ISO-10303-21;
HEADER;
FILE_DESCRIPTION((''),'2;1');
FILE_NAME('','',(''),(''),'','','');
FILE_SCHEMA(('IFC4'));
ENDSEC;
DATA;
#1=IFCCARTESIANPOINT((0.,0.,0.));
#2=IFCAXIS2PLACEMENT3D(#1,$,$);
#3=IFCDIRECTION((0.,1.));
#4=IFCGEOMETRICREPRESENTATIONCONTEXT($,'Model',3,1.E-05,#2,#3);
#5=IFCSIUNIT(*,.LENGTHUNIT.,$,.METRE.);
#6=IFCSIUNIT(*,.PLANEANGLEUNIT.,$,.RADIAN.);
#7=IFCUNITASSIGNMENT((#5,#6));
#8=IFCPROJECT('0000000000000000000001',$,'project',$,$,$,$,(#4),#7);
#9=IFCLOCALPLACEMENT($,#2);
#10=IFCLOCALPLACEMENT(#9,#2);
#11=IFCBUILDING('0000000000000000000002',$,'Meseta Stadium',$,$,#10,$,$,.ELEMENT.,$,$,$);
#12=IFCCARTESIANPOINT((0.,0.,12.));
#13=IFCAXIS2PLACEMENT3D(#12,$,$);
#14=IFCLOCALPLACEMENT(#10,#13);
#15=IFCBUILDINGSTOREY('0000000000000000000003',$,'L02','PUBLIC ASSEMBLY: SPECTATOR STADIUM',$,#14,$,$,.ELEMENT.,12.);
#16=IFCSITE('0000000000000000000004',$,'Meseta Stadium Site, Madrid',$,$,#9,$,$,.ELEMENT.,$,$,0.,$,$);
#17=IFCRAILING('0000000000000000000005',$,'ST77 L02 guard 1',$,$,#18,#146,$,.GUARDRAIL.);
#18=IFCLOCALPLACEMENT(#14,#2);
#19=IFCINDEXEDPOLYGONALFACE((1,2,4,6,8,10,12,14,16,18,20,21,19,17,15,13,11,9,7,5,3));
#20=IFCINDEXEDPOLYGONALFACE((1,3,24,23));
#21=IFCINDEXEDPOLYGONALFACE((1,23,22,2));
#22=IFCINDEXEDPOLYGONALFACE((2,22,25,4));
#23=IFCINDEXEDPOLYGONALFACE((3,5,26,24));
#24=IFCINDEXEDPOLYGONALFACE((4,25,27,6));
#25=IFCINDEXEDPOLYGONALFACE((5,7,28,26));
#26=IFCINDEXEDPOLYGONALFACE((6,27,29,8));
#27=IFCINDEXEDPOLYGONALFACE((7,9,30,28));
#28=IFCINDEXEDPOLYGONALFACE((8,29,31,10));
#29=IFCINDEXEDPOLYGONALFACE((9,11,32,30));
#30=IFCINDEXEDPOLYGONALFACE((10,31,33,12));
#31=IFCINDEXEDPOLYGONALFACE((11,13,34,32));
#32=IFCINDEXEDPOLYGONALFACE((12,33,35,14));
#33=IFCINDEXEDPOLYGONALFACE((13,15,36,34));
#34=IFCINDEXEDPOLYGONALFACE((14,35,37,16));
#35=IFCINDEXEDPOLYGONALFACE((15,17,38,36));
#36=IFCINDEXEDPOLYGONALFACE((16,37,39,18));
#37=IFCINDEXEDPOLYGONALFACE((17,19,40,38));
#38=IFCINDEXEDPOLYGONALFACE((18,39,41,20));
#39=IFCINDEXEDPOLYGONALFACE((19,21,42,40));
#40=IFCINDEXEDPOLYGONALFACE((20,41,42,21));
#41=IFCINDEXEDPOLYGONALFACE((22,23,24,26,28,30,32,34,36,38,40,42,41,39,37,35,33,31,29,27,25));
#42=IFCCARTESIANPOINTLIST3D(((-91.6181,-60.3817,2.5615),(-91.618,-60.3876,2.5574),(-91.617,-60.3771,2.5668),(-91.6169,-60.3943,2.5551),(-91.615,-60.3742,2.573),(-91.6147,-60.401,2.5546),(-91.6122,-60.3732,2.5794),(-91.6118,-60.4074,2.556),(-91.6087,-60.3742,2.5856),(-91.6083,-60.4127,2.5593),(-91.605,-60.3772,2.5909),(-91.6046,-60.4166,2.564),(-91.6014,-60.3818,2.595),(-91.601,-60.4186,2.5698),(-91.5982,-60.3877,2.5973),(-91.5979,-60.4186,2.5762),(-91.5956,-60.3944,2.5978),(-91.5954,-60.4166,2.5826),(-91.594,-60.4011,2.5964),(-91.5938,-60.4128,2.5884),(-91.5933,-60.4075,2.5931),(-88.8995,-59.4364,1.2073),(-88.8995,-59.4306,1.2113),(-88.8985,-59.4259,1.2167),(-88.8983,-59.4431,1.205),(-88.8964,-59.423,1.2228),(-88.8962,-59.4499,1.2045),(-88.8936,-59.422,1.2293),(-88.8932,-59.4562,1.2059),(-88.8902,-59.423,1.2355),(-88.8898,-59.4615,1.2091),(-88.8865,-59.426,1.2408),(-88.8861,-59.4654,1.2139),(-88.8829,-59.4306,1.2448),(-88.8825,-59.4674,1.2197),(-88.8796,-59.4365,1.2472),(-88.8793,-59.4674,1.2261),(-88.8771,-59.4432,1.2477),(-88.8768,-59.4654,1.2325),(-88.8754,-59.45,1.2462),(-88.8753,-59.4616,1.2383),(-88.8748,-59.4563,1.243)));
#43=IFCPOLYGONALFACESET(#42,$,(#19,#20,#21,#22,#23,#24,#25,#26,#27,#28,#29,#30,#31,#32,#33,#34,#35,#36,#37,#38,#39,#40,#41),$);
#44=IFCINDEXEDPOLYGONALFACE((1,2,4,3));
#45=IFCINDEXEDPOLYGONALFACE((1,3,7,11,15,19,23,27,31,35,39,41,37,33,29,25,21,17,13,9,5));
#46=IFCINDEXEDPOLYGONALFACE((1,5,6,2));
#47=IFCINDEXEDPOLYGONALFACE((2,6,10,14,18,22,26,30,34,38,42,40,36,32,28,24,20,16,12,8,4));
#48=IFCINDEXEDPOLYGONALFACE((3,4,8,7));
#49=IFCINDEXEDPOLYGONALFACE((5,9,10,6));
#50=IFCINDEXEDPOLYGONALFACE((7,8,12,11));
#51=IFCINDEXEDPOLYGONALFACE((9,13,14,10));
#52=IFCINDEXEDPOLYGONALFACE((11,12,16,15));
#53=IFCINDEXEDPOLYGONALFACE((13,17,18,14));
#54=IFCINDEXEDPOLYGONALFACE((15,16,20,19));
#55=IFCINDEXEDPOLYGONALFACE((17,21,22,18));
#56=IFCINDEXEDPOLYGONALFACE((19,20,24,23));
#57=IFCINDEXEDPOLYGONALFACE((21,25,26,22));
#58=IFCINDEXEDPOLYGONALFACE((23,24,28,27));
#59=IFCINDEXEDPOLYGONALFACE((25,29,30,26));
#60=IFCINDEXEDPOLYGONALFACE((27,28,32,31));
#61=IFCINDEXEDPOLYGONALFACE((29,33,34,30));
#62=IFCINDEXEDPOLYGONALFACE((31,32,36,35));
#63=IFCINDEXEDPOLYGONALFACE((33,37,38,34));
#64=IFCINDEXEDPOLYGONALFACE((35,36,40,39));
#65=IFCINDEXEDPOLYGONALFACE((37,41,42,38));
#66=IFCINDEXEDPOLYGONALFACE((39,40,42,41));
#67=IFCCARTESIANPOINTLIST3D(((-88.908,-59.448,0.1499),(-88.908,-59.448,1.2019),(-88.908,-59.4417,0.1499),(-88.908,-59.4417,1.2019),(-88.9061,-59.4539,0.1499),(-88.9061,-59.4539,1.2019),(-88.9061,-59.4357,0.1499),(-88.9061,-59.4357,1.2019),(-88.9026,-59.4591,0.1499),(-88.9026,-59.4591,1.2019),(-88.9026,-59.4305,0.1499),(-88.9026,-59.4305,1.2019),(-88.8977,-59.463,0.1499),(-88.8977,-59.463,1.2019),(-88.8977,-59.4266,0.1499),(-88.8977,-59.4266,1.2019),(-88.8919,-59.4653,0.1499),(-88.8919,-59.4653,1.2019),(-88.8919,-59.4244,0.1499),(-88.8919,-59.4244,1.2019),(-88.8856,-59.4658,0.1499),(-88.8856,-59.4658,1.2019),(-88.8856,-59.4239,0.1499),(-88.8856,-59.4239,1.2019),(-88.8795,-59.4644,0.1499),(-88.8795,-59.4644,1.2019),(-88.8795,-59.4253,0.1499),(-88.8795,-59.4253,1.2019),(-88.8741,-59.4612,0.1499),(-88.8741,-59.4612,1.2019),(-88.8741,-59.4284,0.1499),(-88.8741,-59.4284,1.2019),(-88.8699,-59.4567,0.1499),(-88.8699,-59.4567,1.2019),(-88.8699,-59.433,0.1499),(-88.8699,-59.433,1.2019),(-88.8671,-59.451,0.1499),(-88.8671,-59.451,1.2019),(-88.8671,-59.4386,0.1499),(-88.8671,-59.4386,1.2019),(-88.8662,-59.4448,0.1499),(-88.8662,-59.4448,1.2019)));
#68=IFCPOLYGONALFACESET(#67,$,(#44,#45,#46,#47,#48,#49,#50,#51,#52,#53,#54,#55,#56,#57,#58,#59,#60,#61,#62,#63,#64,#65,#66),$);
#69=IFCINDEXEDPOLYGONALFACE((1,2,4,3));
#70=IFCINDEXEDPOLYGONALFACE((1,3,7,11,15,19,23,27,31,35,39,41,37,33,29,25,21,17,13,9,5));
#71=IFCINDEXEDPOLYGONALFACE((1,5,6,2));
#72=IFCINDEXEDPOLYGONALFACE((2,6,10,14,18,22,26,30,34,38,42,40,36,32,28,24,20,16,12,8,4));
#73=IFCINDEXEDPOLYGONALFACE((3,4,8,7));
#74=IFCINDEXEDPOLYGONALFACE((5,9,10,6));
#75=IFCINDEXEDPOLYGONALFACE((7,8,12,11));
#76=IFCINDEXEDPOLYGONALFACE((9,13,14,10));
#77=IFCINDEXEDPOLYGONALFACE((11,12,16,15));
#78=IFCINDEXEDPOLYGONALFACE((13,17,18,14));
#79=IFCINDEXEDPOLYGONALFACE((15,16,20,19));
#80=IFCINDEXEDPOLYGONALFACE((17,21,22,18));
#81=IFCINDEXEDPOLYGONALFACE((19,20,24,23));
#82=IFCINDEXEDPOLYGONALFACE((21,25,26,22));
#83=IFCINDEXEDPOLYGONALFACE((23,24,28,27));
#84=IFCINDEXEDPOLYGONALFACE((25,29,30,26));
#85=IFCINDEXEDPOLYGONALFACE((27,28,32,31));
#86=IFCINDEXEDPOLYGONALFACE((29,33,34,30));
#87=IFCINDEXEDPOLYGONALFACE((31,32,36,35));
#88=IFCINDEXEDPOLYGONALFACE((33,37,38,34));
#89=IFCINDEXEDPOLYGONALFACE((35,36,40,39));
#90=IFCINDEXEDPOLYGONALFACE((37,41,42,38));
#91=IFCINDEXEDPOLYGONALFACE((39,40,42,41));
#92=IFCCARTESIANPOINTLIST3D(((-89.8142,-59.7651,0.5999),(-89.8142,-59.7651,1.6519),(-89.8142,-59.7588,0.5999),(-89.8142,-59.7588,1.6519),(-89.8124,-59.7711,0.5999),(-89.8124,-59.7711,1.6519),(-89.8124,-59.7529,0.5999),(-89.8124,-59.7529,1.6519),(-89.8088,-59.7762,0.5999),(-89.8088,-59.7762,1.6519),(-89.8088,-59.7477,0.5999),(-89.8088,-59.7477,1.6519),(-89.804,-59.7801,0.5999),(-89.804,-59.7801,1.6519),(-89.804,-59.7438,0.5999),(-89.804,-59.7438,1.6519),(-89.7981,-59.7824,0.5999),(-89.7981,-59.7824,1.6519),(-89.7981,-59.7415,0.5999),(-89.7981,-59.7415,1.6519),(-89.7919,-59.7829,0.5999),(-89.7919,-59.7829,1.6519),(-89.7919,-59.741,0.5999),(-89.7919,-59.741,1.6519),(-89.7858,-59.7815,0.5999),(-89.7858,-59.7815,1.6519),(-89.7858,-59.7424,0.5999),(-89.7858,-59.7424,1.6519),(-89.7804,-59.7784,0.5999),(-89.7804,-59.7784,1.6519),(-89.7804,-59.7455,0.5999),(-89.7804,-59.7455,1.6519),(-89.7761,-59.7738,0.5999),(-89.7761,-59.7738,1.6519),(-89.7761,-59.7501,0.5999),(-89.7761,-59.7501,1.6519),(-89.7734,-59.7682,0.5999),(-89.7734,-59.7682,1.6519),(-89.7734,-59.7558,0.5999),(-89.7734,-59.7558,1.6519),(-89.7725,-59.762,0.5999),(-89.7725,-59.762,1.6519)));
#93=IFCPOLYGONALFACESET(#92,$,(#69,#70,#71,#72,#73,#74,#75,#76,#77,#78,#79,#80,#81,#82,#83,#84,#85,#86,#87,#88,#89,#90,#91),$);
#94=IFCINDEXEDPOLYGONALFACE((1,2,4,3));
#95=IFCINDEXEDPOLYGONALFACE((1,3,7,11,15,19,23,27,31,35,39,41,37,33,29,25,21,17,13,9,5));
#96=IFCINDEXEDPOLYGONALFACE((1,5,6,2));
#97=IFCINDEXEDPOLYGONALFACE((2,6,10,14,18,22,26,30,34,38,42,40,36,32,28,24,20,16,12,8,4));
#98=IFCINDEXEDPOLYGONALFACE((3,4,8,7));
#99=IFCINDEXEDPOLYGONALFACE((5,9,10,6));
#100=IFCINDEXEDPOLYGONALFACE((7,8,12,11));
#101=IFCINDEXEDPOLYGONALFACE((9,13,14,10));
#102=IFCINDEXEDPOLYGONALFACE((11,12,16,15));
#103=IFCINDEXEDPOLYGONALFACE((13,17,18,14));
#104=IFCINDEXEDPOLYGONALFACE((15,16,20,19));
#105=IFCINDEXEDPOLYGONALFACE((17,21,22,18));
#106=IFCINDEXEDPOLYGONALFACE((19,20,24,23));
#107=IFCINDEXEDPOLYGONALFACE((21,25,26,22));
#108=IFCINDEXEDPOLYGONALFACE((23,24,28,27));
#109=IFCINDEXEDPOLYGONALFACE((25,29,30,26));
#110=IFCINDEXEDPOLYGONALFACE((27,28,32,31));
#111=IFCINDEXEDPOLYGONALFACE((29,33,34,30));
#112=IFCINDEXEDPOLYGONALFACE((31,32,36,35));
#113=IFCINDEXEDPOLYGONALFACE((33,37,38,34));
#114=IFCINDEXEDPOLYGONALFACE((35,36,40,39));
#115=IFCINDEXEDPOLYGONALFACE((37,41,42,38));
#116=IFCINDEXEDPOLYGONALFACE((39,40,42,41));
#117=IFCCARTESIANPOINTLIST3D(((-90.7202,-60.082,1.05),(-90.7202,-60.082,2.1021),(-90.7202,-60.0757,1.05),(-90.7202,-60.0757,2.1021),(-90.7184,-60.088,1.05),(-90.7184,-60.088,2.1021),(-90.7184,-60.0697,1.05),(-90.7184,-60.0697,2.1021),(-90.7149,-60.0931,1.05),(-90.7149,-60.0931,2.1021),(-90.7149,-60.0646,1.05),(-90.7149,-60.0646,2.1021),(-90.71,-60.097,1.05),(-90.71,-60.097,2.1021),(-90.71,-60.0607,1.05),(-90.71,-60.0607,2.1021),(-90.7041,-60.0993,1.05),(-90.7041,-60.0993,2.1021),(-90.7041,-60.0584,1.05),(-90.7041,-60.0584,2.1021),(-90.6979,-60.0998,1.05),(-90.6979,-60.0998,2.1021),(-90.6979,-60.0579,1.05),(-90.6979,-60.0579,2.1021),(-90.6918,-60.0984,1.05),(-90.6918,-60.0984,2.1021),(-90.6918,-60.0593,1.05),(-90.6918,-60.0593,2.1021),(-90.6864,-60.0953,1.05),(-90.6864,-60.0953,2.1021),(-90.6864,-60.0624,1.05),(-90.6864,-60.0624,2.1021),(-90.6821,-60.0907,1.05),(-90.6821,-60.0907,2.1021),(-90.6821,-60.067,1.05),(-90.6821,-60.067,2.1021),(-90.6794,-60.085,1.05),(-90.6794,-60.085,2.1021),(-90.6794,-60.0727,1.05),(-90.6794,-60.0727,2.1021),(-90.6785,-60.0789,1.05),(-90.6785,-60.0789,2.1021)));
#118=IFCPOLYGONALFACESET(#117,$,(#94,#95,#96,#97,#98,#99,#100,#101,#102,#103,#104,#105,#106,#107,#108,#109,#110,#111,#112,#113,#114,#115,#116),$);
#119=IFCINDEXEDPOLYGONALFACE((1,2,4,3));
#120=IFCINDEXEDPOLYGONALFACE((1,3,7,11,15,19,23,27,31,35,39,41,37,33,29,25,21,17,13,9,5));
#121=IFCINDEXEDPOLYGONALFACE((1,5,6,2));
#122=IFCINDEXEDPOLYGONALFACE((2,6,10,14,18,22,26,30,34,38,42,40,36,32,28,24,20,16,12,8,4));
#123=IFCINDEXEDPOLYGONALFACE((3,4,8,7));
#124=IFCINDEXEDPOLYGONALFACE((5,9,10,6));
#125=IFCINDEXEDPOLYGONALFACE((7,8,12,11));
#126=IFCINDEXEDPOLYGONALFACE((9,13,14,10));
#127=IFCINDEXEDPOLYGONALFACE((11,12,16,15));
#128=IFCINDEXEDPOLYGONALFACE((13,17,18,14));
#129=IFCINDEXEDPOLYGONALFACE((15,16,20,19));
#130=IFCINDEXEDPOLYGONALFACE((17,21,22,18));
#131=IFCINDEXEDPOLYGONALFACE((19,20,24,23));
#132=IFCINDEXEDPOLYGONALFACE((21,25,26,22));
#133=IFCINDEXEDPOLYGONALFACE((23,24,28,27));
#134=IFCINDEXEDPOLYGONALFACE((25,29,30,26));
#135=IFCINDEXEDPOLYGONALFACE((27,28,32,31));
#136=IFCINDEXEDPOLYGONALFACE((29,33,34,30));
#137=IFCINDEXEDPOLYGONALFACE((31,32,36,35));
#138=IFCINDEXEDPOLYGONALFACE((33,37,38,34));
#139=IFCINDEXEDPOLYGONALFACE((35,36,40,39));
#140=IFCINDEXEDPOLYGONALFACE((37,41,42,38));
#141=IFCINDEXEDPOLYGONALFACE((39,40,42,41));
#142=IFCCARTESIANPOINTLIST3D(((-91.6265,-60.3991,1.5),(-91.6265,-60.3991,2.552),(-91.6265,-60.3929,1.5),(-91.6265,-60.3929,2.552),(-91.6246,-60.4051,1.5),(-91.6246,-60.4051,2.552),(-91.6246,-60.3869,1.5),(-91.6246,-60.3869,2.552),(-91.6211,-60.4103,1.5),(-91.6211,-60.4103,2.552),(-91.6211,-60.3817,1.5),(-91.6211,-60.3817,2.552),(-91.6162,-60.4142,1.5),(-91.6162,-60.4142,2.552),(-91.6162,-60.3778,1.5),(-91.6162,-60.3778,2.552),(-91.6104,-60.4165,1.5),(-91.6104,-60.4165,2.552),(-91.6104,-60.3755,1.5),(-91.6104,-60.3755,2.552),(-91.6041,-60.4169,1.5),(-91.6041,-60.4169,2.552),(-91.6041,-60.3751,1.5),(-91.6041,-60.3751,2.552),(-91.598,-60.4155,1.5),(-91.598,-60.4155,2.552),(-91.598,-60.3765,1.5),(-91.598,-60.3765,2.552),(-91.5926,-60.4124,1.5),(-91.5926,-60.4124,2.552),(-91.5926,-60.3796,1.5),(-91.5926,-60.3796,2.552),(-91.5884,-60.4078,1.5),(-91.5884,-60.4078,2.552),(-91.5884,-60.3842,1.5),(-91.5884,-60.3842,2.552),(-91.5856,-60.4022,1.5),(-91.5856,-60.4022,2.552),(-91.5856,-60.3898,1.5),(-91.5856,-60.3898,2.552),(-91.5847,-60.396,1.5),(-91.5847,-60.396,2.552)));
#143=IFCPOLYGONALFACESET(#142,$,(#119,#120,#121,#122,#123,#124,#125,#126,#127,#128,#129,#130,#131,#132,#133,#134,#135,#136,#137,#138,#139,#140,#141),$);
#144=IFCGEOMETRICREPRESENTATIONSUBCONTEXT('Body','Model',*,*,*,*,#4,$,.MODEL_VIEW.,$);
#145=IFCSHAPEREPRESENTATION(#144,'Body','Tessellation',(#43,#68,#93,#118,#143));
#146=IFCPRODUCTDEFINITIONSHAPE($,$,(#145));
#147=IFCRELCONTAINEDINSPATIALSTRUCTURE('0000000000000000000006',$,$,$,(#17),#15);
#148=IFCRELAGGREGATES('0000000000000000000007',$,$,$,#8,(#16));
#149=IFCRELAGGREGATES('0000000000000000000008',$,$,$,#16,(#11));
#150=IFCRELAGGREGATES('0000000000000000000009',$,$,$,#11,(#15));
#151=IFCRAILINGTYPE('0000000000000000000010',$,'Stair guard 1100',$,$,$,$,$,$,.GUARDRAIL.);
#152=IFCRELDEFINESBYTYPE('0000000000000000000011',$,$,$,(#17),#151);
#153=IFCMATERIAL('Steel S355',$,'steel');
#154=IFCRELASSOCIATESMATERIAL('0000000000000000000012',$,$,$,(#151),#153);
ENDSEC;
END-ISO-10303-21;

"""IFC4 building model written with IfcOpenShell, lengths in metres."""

from ifc_helpers import new_model, si_unit, direction, frame, origin, origin_2d, place, context, subcontext, project, spatial, circle, extrude, material, type_object, element, save


model = new_model("IFC4")

# Units and contexts
model_context = context("Model", 3, precision=1e-05, world=origin(), true_north=direction((0.0, 1.0)))
body_context = subcontext(model_context, "Body", "Model", "MODEL_VIEW")
ifc_project = project(units=[si_unit("LENGTHUNIT", "METRE"), si_unit("PLANEANGLEUNIT", "RADIAN")], contexts=[model_context])

# Site, building, storey
site_placement = place(None, origin())
site = spatial("IfcSite", under=ifc_project, at=site_placement, Name="Meseta Stadium Site, Madrid", CompositionType="ELEMENT", RefElevation=0.0)
building_placement = place(site_placement, origin())
building = spatial("IfcBuilding", under=site, at=building_placement, Name="Meseta Stadium", CompositionType="ELEMENT")
storey_placement = place(building_placement, frame((0.0, 0.0, 12.0)))
storey = spatial("IfcBuildingStorey", under=building, at=storey_placement, Name="L02", Description="PUBLIC ASSEMBLY: SPECTATOR STADIUM", CompositionType="ELEMENT", Elevation=12.0)

# Railing
ifc_material_1 = material(Name="Steel S355", Category="steel")
railing_type_1 = type_object("IfcRailingType", Name="Stair guard 1100", PredefinedType="GUARDRAIL", material=ifc_material_1)
railing_1_placement = place(storey_placement, frame((-88.8872, -59.4448, 0.1499)))
element("IfcRailing", 1, at=railing_1_placement, inside=storey, type_object=railing_type_1, Name="ST77 L02 guard 1", PredefinedType="GUARDRAIL", context=body_context, shape_type="SweptSolid", body=[
    extrude(circle(Radius=0.0239, at=origin_2d()), frame((0.0, 0.0, 1.0762), z_axis=(-0.854649, -0.299031, 0.424446), x_axis=(0.330256, -0.943891, 0.0)), (0.0, 0.0, 1.0), 3.1809),
    extrude(circle(Radius=0.021, at=origin_2d()), origin(), (0.0, 0.0, 1.0), 1.052),
    extrude(circle(Radius=0.021, at=origin_2d()), frame((-0.9062, -0.3171, 0.45)), (0.0, 0.0, 1.0), 1.052),
    extrude(circle(Radius=0.021, at=origin_2d()), frame((-1.8123, -0.634, 0.9001)), (0.0, 0.0, 1.0), 1.052),
    extrude(circle(Radius=0.021, at=origin_2d()), frame((-2.7185, -0.9512, 1.3501)), (0.0, 0.0, 1.0), 1.052),
])

save(model, "model.ifc")
